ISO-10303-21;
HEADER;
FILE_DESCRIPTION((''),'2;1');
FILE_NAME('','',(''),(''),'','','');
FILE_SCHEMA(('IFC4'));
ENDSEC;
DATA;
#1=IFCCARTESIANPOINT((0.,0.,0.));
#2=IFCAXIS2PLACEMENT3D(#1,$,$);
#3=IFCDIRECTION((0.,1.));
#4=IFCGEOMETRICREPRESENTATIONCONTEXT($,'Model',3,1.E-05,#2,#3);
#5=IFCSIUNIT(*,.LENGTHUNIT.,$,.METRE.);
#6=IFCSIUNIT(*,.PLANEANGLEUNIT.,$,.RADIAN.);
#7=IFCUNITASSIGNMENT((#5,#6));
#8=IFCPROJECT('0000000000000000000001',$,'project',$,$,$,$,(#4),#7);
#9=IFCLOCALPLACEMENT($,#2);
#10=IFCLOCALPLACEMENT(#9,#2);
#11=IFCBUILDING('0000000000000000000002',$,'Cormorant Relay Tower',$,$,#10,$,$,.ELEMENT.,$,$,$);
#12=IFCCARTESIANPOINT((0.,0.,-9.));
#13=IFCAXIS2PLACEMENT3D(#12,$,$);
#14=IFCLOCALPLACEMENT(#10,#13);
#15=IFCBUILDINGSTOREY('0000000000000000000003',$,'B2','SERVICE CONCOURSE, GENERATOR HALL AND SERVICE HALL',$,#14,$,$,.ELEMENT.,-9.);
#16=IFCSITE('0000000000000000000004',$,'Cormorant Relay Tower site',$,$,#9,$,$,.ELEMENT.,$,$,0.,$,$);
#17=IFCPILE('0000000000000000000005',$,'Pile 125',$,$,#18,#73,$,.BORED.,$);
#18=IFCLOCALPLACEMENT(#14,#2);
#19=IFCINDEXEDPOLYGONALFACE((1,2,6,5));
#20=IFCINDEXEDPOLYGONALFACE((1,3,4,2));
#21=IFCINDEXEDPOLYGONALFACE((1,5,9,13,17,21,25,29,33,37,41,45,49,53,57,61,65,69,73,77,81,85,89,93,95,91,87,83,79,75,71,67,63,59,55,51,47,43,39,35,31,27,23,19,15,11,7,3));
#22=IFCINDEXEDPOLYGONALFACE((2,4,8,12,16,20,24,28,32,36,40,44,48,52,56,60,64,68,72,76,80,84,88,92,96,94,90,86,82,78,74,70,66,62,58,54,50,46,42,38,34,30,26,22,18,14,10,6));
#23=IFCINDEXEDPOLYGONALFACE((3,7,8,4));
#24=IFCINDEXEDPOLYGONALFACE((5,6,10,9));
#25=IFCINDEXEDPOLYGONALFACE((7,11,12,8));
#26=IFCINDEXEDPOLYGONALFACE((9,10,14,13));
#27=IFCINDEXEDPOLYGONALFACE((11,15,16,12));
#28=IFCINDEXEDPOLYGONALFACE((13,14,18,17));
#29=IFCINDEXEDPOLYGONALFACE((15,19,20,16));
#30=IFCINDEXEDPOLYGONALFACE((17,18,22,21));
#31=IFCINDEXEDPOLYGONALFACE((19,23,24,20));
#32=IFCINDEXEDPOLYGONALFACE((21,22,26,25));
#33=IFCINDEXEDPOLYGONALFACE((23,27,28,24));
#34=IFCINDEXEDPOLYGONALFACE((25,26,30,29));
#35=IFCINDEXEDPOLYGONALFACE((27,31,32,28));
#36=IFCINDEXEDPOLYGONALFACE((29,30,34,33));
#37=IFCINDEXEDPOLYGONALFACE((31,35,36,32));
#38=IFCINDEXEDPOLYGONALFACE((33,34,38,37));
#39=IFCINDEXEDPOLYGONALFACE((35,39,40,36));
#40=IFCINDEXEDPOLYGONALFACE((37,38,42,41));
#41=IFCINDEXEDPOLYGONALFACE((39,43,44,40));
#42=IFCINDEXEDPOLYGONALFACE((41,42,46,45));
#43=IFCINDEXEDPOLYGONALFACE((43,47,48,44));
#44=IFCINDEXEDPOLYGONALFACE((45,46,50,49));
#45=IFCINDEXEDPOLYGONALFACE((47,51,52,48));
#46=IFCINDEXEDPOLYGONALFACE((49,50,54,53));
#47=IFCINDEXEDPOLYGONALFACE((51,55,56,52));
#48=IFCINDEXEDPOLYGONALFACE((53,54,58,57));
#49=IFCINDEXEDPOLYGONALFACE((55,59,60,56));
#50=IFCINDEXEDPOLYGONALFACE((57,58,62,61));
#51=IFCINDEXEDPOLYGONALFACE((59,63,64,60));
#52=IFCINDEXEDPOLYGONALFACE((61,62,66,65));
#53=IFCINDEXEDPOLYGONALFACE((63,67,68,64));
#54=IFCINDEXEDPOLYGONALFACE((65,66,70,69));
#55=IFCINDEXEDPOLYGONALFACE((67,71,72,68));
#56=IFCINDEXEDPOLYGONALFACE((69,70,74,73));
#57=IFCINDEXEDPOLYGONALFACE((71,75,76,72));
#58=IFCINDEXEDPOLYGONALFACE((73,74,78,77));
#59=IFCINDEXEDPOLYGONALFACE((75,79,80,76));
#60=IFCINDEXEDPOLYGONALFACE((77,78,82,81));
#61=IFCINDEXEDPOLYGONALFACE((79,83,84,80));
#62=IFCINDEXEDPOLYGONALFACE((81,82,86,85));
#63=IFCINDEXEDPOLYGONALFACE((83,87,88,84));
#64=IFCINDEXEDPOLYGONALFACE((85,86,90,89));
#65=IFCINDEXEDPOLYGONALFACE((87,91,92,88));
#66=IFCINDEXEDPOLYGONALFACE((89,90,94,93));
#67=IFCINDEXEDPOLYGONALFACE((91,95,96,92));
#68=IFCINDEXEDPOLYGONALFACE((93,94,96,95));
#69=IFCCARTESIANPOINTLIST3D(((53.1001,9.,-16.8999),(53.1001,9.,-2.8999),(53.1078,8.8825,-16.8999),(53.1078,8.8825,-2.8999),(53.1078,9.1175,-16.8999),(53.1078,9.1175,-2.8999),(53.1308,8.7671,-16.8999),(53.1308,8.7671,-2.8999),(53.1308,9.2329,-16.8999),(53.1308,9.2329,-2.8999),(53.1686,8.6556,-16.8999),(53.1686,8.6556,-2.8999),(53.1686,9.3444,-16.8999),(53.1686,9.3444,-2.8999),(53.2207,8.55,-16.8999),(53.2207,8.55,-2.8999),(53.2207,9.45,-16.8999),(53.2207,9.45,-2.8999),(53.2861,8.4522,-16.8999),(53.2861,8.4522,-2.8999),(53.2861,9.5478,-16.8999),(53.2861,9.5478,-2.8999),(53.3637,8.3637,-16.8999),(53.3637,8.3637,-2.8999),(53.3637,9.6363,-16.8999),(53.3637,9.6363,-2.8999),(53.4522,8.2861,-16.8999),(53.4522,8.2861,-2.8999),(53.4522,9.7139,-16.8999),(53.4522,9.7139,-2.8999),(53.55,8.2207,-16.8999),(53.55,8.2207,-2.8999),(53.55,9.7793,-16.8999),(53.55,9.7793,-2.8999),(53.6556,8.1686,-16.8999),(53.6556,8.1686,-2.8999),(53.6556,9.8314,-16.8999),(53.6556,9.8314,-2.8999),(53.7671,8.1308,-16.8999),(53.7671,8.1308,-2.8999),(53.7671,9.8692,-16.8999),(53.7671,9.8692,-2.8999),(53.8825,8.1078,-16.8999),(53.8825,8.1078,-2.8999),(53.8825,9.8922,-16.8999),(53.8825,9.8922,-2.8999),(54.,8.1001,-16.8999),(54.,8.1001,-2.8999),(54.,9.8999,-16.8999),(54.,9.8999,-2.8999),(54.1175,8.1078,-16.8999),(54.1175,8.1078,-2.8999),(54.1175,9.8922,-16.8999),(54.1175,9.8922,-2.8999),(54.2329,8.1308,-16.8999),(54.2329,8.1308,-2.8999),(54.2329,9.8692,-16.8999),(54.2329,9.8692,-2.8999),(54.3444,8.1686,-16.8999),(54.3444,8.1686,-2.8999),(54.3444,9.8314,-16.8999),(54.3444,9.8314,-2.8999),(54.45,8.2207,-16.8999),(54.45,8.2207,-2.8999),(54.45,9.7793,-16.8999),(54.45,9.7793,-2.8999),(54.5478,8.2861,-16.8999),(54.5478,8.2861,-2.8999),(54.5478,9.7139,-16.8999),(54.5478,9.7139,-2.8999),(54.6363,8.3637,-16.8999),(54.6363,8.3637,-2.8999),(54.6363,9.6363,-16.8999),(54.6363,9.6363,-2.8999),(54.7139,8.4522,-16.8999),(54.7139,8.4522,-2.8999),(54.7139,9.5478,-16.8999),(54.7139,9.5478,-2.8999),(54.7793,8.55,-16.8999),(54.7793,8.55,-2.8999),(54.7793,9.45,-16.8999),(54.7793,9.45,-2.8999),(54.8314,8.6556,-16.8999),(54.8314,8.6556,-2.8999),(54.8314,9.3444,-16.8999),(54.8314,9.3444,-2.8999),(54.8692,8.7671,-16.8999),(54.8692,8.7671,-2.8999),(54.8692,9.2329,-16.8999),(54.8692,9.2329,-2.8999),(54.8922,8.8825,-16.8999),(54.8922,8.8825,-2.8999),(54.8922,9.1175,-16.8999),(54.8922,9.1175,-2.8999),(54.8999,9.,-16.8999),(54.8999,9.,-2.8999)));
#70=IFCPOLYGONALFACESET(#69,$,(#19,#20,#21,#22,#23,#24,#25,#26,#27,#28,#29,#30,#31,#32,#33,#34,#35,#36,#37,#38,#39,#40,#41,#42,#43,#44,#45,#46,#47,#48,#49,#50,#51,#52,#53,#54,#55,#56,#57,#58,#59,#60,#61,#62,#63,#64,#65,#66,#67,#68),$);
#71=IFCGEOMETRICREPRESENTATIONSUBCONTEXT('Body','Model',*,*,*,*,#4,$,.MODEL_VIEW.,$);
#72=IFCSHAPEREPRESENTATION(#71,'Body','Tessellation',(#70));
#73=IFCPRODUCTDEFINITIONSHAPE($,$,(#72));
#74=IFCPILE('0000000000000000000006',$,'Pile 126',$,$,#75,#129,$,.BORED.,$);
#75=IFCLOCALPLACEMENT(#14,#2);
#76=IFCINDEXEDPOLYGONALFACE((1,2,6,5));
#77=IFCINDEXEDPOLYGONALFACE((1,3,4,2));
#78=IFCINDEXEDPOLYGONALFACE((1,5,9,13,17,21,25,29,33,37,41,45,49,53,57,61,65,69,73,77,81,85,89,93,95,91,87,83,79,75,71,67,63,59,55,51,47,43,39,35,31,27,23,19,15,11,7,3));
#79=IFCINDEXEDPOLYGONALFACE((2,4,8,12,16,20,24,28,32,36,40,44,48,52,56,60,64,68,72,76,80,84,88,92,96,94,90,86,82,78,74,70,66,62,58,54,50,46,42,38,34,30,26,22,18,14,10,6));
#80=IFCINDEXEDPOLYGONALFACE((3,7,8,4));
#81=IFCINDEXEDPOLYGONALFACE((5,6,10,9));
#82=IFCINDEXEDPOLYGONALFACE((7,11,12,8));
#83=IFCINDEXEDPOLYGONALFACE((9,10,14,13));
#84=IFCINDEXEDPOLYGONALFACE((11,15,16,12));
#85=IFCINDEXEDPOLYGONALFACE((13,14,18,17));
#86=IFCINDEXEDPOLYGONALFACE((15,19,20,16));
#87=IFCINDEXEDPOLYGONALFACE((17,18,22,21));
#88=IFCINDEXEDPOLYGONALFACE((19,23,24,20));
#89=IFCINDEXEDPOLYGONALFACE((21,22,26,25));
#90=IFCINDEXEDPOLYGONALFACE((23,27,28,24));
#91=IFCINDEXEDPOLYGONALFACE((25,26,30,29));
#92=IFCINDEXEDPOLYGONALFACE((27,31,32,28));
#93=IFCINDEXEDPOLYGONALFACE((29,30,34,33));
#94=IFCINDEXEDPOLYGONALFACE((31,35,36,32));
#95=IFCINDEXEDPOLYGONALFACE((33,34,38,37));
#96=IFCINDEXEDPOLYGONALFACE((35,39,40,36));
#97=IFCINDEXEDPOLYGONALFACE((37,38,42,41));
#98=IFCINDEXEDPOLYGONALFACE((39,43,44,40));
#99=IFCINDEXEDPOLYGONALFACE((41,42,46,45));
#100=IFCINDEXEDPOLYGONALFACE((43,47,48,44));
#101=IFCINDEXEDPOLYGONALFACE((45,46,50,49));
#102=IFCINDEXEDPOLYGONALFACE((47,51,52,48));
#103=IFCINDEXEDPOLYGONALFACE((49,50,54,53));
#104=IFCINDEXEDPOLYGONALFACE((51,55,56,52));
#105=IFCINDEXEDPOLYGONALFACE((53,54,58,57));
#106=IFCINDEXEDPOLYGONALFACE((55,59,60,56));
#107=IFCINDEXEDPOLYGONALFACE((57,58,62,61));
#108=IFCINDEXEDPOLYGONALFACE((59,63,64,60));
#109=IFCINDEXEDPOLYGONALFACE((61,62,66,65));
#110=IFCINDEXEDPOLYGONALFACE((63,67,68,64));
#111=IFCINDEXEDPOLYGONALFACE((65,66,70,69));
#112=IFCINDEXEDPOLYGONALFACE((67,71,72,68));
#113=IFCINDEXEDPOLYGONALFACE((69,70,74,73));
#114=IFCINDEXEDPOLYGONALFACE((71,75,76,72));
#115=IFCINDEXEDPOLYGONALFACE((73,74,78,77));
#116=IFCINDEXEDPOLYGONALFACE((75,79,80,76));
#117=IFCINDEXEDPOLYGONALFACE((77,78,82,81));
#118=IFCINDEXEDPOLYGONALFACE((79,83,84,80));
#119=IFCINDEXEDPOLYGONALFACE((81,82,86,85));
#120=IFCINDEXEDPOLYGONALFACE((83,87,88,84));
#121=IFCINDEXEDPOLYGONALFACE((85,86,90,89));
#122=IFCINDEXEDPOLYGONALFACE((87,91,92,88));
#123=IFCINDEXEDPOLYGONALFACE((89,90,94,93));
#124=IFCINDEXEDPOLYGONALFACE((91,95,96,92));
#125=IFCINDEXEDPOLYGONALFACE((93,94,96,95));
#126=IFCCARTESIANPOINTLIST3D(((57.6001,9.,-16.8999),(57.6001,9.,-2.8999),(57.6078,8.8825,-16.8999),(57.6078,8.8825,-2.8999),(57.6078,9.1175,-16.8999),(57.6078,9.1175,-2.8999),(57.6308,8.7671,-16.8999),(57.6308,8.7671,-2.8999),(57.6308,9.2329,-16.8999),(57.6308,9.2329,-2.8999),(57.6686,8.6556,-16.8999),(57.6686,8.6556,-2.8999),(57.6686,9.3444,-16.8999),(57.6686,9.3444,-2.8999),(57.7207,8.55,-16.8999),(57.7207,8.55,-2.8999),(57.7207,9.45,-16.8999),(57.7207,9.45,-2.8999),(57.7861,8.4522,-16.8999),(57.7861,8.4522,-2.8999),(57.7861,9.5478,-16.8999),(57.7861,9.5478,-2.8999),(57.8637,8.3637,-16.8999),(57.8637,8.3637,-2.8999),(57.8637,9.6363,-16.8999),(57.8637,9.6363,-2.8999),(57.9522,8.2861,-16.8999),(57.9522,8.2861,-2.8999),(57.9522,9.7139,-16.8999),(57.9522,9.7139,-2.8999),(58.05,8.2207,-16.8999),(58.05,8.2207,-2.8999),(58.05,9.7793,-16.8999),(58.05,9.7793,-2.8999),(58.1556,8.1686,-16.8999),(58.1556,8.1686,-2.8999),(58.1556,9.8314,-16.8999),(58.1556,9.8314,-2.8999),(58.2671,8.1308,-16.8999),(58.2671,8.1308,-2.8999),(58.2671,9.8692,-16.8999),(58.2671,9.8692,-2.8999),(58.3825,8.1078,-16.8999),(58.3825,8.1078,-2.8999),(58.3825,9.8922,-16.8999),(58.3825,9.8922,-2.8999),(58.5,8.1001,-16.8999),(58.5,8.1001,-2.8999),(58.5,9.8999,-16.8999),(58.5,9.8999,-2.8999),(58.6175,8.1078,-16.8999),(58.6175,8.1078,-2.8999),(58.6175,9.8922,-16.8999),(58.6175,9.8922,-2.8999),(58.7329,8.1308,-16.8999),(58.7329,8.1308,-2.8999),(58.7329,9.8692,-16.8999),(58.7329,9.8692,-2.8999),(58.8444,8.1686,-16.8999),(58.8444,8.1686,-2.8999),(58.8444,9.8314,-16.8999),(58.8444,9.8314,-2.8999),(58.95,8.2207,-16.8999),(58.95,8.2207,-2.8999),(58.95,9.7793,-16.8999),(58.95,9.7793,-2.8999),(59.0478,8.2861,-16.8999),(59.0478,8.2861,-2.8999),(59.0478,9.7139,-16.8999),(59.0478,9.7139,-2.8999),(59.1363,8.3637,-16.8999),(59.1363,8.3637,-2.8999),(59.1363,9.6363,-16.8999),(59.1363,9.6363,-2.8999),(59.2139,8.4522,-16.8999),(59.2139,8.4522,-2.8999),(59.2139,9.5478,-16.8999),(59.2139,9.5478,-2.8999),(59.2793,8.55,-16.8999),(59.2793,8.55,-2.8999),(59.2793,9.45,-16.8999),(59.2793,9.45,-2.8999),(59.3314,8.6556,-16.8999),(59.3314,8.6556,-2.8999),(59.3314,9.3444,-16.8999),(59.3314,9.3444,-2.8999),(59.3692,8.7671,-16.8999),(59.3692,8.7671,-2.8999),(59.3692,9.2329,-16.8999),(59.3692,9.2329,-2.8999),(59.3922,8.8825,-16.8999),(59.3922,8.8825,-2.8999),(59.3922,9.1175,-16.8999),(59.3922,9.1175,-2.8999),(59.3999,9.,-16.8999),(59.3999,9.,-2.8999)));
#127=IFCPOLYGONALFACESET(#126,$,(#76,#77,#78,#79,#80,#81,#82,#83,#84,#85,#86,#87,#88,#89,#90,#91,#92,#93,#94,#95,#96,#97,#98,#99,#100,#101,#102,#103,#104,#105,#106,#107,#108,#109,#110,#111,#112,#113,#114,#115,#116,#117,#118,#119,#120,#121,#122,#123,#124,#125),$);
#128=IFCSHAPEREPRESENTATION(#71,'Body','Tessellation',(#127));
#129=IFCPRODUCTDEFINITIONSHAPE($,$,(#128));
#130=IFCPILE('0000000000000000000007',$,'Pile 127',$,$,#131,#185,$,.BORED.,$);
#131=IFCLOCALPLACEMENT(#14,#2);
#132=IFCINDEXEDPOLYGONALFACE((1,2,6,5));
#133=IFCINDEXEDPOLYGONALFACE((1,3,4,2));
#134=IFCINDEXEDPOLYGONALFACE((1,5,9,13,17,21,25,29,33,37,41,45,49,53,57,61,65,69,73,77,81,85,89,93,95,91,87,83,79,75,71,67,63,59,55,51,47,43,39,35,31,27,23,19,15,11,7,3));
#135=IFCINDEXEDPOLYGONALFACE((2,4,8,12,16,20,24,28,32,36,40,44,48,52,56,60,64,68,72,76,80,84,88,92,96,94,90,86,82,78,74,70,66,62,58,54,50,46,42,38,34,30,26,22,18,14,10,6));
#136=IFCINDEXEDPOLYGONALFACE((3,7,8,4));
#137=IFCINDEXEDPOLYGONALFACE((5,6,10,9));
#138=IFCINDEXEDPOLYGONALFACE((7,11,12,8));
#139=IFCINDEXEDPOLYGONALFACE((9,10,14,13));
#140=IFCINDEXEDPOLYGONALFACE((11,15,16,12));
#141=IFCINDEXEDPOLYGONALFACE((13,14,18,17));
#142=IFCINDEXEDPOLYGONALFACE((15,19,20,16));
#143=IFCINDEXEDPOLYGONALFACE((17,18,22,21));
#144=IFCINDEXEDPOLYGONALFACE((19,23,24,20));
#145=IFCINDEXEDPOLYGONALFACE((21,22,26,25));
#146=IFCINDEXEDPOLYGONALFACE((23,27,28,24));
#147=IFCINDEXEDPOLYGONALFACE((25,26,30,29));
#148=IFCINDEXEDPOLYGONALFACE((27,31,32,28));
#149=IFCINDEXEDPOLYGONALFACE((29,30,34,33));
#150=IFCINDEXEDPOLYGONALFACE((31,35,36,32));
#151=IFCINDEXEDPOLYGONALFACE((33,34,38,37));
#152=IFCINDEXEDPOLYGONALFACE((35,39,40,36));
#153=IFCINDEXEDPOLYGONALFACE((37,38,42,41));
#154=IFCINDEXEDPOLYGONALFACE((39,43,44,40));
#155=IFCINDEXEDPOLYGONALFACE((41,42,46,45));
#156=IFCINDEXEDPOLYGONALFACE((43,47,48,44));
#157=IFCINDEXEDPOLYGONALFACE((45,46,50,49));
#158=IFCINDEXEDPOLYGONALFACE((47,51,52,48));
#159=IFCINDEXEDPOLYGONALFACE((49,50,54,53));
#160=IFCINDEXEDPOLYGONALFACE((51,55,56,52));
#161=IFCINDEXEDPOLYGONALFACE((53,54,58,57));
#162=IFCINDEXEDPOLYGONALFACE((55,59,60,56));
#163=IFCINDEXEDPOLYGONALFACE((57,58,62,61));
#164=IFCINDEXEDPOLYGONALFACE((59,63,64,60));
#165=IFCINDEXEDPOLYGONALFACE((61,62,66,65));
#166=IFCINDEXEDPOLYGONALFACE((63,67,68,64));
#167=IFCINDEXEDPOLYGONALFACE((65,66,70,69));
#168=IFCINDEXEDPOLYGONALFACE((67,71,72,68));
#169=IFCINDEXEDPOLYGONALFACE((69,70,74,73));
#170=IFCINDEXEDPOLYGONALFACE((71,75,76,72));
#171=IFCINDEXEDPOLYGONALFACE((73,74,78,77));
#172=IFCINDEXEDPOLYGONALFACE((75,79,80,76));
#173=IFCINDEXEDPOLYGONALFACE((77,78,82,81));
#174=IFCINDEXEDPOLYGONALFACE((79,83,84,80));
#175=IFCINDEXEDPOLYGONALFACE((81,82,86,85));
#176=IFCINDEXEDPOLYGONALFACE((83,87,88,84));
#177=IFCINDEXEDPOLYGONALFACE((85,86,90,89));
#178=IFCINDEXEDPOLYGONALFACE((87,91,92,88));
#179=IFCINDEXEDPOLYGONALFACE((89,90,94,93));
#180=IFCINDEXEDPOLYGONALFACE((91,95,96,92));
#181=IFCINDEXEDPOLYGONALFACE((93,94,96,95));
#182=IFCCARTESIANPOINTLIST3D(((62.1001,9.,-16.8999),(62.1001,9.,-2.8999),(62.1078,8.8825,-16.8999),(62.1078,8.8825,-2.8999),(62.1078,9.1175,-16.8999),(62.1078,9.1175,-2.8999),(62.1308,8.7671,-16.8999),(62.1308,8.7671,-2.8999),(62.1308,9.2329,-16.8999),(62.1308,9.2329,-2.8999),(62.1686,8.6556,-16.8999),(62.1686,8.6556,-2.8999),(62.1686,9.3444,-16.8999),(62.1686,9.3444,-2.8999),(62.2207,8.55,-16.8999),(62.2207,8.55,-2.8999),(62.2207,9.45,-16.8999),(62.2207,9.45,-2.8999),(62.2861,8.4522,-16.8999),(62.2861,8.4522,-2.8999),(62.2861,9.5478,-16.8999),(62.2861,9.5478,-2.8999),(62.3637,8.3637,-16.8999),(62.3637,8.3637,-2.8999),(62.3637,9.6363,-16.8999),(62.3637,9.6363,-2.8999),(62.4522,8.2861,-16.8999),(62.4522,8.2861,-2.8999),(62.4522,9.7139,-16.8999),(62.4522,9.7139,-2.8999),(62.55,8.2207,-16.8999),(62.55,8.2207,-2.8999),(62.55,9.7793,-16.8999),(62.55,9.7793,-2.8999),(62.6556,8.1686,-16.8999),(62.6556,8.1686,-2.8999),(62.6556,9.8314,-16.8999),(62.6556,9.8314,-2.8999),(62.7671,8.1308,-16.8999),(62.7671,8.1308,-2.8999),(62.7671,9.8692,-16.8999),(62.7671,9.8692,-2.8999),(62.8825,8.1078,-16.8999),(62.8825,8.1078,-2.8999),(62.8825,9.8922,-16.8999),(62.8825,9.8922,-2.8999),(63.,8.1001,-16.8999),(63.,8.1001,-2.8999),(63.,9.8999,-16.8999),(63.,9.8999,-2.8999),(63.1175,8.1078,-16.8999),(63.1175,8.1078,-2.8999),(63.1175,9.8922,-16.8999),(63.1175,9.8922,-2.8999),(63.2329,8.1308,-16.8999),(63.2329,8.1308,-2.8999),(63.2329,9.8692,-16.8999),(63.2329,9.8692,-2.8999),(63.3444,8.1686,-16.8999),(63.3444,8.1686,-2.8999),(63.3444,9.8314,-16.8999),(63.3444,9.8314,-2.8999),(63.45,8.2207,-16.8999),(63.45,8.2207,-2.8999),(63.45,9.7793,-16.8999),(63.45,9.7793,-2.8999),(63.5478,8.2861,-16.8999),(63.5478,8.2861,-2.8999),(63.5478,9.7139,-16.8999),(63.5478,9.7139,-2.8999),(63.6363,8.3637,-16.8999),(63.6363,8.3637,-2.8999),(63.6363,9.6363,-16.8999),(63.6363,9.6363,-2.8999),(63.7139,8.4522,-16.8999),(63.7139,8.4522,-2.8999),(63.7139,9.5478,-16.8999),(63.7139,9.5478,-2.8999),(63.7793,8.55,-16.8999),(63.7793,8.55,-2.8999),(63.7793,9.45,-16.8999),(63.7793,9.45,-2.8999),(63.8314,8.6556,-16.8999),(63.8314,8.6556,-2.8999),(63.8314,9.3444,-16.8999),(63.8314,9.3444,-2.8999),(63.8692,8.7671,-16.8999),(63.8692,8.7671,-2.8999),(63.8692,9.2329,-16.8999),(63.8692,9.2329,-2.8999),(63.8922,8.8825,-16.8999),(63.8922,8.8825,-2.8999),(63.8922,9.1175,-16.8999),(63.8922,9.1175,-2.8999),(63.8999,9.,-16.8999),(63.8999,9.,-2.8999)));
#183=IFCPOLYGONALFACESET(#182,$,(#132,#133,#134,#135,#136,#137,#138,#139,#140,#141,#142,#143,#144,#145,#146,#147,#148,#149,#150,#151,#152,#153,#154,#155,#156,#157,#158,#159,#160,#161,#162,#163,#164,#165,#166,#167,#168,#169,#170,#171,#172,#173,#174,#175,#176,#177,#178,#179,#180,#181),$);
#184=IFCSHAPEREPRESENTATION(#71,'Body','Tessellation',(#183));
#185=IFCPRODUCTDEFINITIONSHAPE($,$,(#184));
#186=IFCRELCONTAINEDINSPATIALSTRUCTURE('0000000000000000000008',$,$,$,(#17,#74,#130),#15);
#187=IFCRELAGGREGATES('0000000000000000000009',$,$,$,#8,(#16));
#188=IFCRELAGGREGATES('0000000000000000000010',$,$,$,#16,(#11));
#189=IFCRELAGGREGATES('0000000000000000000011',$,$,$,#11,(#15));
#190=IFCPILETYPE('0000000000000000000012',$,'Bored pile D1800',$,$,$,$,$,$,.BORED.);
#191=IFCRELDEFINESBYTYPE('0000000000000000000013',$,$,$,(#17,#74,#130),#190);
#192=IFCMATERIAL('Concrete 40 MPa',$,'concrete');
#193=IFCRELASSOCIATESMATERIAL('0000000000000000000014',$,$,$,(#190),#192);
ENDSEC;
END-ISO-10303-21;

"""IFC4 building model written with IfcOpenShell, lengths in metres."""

from ifc_helpers import new_model, si_unit, direction, frame, origin, origin_2d, place, context, subcontext, project, spatial, circle, extrude, material, material_profile, profile_set, type_object, element, save


model = new_model("IFC4")

# Units and contexts
model_context = context("Model", 3, precision=1e-05, world=origin(), true_north=direction((0.0, 1.0)))
body_context = subcontext(model_context, "Body", "Model", "MODEL_VIEW")
ifc_project = project(units=[si_unit("LENGTHUNIT", "METRE"), si_unit("PLANEANGLEUNIT", "RADIAN")], contexts=[model_context])

# Site, building, storey
site_placement = place(None, origin())
site = spatial("IfcSite", under=ifc_project, at=site_placement, Name="Cormorant Relay Tower site", CompositionType="ELEMENT", RefElevation=0.0)
building_placement = place(site_placement, origin())
building = spatial("IfcBuilding", under=site, at=building_placement, Name="Cormorant Relay Tower", CompositionType="ELEMENT")
storey_placement = place(building_placement, frame((0.0, 0.0, -9.0)))
storey = spatial("IfcBuildingStorey", under=building, at=storey_placement, Name="B2", Description="SERVICE CONCOURSE, GENERATOR HALL AND SERVICE HALL", CompositionType="ELEMENT", Elevation=-9.0)

# Piles
ifc_material_1 = material(Name="Concrete 40 MPa", Category="concrete")
ifc_material_profile_1 = material_profile(ifc_material_1, circle(Radius=0.8999, at=origin_2d()), Name="BP1800")
ifc_profile_set_1 = profile_set([ifc_material_profile_1], Name="Concrete 40 MPa")
pile_type = type_object("IfcPileType", Name="Bored pile D1800", PredefinedType="BORED", material=ifc_profile_set_1)
for number, where, z_axis, x_axis, name in (
    (1, (54.0, 9.0, -2.8999), (0.0, 0.0, -1.0), (1.0, 0.0, 0.0), "Pile 125"),
    (2, (58.5, 9.0, -2.8999), (0.0, 0.0, -1.0), (1.0, 0.0, 0.0), "Pile 126"),
    (3, (63.0, 9.0, -2.8999), (0.0, 0.0, -1.0), (1.0, 0.0, 0.0), "Pile 127"),
):
    element("IfcPile", number, at=place(storey_placement, frame(where, z_axis=z_axis, x_axis=x_axis)), inside=storey, type_object=pile_type, Name=name, PredefinedType="BORED", context=body_context, shape_type="SweptSolid", body=[
        extrude(circle(Radius=0.8999, at=origin_2d()), origin(), (0.0, 0.0, 1.0), 14.0),
    ])

save(model, "model.ifc")
